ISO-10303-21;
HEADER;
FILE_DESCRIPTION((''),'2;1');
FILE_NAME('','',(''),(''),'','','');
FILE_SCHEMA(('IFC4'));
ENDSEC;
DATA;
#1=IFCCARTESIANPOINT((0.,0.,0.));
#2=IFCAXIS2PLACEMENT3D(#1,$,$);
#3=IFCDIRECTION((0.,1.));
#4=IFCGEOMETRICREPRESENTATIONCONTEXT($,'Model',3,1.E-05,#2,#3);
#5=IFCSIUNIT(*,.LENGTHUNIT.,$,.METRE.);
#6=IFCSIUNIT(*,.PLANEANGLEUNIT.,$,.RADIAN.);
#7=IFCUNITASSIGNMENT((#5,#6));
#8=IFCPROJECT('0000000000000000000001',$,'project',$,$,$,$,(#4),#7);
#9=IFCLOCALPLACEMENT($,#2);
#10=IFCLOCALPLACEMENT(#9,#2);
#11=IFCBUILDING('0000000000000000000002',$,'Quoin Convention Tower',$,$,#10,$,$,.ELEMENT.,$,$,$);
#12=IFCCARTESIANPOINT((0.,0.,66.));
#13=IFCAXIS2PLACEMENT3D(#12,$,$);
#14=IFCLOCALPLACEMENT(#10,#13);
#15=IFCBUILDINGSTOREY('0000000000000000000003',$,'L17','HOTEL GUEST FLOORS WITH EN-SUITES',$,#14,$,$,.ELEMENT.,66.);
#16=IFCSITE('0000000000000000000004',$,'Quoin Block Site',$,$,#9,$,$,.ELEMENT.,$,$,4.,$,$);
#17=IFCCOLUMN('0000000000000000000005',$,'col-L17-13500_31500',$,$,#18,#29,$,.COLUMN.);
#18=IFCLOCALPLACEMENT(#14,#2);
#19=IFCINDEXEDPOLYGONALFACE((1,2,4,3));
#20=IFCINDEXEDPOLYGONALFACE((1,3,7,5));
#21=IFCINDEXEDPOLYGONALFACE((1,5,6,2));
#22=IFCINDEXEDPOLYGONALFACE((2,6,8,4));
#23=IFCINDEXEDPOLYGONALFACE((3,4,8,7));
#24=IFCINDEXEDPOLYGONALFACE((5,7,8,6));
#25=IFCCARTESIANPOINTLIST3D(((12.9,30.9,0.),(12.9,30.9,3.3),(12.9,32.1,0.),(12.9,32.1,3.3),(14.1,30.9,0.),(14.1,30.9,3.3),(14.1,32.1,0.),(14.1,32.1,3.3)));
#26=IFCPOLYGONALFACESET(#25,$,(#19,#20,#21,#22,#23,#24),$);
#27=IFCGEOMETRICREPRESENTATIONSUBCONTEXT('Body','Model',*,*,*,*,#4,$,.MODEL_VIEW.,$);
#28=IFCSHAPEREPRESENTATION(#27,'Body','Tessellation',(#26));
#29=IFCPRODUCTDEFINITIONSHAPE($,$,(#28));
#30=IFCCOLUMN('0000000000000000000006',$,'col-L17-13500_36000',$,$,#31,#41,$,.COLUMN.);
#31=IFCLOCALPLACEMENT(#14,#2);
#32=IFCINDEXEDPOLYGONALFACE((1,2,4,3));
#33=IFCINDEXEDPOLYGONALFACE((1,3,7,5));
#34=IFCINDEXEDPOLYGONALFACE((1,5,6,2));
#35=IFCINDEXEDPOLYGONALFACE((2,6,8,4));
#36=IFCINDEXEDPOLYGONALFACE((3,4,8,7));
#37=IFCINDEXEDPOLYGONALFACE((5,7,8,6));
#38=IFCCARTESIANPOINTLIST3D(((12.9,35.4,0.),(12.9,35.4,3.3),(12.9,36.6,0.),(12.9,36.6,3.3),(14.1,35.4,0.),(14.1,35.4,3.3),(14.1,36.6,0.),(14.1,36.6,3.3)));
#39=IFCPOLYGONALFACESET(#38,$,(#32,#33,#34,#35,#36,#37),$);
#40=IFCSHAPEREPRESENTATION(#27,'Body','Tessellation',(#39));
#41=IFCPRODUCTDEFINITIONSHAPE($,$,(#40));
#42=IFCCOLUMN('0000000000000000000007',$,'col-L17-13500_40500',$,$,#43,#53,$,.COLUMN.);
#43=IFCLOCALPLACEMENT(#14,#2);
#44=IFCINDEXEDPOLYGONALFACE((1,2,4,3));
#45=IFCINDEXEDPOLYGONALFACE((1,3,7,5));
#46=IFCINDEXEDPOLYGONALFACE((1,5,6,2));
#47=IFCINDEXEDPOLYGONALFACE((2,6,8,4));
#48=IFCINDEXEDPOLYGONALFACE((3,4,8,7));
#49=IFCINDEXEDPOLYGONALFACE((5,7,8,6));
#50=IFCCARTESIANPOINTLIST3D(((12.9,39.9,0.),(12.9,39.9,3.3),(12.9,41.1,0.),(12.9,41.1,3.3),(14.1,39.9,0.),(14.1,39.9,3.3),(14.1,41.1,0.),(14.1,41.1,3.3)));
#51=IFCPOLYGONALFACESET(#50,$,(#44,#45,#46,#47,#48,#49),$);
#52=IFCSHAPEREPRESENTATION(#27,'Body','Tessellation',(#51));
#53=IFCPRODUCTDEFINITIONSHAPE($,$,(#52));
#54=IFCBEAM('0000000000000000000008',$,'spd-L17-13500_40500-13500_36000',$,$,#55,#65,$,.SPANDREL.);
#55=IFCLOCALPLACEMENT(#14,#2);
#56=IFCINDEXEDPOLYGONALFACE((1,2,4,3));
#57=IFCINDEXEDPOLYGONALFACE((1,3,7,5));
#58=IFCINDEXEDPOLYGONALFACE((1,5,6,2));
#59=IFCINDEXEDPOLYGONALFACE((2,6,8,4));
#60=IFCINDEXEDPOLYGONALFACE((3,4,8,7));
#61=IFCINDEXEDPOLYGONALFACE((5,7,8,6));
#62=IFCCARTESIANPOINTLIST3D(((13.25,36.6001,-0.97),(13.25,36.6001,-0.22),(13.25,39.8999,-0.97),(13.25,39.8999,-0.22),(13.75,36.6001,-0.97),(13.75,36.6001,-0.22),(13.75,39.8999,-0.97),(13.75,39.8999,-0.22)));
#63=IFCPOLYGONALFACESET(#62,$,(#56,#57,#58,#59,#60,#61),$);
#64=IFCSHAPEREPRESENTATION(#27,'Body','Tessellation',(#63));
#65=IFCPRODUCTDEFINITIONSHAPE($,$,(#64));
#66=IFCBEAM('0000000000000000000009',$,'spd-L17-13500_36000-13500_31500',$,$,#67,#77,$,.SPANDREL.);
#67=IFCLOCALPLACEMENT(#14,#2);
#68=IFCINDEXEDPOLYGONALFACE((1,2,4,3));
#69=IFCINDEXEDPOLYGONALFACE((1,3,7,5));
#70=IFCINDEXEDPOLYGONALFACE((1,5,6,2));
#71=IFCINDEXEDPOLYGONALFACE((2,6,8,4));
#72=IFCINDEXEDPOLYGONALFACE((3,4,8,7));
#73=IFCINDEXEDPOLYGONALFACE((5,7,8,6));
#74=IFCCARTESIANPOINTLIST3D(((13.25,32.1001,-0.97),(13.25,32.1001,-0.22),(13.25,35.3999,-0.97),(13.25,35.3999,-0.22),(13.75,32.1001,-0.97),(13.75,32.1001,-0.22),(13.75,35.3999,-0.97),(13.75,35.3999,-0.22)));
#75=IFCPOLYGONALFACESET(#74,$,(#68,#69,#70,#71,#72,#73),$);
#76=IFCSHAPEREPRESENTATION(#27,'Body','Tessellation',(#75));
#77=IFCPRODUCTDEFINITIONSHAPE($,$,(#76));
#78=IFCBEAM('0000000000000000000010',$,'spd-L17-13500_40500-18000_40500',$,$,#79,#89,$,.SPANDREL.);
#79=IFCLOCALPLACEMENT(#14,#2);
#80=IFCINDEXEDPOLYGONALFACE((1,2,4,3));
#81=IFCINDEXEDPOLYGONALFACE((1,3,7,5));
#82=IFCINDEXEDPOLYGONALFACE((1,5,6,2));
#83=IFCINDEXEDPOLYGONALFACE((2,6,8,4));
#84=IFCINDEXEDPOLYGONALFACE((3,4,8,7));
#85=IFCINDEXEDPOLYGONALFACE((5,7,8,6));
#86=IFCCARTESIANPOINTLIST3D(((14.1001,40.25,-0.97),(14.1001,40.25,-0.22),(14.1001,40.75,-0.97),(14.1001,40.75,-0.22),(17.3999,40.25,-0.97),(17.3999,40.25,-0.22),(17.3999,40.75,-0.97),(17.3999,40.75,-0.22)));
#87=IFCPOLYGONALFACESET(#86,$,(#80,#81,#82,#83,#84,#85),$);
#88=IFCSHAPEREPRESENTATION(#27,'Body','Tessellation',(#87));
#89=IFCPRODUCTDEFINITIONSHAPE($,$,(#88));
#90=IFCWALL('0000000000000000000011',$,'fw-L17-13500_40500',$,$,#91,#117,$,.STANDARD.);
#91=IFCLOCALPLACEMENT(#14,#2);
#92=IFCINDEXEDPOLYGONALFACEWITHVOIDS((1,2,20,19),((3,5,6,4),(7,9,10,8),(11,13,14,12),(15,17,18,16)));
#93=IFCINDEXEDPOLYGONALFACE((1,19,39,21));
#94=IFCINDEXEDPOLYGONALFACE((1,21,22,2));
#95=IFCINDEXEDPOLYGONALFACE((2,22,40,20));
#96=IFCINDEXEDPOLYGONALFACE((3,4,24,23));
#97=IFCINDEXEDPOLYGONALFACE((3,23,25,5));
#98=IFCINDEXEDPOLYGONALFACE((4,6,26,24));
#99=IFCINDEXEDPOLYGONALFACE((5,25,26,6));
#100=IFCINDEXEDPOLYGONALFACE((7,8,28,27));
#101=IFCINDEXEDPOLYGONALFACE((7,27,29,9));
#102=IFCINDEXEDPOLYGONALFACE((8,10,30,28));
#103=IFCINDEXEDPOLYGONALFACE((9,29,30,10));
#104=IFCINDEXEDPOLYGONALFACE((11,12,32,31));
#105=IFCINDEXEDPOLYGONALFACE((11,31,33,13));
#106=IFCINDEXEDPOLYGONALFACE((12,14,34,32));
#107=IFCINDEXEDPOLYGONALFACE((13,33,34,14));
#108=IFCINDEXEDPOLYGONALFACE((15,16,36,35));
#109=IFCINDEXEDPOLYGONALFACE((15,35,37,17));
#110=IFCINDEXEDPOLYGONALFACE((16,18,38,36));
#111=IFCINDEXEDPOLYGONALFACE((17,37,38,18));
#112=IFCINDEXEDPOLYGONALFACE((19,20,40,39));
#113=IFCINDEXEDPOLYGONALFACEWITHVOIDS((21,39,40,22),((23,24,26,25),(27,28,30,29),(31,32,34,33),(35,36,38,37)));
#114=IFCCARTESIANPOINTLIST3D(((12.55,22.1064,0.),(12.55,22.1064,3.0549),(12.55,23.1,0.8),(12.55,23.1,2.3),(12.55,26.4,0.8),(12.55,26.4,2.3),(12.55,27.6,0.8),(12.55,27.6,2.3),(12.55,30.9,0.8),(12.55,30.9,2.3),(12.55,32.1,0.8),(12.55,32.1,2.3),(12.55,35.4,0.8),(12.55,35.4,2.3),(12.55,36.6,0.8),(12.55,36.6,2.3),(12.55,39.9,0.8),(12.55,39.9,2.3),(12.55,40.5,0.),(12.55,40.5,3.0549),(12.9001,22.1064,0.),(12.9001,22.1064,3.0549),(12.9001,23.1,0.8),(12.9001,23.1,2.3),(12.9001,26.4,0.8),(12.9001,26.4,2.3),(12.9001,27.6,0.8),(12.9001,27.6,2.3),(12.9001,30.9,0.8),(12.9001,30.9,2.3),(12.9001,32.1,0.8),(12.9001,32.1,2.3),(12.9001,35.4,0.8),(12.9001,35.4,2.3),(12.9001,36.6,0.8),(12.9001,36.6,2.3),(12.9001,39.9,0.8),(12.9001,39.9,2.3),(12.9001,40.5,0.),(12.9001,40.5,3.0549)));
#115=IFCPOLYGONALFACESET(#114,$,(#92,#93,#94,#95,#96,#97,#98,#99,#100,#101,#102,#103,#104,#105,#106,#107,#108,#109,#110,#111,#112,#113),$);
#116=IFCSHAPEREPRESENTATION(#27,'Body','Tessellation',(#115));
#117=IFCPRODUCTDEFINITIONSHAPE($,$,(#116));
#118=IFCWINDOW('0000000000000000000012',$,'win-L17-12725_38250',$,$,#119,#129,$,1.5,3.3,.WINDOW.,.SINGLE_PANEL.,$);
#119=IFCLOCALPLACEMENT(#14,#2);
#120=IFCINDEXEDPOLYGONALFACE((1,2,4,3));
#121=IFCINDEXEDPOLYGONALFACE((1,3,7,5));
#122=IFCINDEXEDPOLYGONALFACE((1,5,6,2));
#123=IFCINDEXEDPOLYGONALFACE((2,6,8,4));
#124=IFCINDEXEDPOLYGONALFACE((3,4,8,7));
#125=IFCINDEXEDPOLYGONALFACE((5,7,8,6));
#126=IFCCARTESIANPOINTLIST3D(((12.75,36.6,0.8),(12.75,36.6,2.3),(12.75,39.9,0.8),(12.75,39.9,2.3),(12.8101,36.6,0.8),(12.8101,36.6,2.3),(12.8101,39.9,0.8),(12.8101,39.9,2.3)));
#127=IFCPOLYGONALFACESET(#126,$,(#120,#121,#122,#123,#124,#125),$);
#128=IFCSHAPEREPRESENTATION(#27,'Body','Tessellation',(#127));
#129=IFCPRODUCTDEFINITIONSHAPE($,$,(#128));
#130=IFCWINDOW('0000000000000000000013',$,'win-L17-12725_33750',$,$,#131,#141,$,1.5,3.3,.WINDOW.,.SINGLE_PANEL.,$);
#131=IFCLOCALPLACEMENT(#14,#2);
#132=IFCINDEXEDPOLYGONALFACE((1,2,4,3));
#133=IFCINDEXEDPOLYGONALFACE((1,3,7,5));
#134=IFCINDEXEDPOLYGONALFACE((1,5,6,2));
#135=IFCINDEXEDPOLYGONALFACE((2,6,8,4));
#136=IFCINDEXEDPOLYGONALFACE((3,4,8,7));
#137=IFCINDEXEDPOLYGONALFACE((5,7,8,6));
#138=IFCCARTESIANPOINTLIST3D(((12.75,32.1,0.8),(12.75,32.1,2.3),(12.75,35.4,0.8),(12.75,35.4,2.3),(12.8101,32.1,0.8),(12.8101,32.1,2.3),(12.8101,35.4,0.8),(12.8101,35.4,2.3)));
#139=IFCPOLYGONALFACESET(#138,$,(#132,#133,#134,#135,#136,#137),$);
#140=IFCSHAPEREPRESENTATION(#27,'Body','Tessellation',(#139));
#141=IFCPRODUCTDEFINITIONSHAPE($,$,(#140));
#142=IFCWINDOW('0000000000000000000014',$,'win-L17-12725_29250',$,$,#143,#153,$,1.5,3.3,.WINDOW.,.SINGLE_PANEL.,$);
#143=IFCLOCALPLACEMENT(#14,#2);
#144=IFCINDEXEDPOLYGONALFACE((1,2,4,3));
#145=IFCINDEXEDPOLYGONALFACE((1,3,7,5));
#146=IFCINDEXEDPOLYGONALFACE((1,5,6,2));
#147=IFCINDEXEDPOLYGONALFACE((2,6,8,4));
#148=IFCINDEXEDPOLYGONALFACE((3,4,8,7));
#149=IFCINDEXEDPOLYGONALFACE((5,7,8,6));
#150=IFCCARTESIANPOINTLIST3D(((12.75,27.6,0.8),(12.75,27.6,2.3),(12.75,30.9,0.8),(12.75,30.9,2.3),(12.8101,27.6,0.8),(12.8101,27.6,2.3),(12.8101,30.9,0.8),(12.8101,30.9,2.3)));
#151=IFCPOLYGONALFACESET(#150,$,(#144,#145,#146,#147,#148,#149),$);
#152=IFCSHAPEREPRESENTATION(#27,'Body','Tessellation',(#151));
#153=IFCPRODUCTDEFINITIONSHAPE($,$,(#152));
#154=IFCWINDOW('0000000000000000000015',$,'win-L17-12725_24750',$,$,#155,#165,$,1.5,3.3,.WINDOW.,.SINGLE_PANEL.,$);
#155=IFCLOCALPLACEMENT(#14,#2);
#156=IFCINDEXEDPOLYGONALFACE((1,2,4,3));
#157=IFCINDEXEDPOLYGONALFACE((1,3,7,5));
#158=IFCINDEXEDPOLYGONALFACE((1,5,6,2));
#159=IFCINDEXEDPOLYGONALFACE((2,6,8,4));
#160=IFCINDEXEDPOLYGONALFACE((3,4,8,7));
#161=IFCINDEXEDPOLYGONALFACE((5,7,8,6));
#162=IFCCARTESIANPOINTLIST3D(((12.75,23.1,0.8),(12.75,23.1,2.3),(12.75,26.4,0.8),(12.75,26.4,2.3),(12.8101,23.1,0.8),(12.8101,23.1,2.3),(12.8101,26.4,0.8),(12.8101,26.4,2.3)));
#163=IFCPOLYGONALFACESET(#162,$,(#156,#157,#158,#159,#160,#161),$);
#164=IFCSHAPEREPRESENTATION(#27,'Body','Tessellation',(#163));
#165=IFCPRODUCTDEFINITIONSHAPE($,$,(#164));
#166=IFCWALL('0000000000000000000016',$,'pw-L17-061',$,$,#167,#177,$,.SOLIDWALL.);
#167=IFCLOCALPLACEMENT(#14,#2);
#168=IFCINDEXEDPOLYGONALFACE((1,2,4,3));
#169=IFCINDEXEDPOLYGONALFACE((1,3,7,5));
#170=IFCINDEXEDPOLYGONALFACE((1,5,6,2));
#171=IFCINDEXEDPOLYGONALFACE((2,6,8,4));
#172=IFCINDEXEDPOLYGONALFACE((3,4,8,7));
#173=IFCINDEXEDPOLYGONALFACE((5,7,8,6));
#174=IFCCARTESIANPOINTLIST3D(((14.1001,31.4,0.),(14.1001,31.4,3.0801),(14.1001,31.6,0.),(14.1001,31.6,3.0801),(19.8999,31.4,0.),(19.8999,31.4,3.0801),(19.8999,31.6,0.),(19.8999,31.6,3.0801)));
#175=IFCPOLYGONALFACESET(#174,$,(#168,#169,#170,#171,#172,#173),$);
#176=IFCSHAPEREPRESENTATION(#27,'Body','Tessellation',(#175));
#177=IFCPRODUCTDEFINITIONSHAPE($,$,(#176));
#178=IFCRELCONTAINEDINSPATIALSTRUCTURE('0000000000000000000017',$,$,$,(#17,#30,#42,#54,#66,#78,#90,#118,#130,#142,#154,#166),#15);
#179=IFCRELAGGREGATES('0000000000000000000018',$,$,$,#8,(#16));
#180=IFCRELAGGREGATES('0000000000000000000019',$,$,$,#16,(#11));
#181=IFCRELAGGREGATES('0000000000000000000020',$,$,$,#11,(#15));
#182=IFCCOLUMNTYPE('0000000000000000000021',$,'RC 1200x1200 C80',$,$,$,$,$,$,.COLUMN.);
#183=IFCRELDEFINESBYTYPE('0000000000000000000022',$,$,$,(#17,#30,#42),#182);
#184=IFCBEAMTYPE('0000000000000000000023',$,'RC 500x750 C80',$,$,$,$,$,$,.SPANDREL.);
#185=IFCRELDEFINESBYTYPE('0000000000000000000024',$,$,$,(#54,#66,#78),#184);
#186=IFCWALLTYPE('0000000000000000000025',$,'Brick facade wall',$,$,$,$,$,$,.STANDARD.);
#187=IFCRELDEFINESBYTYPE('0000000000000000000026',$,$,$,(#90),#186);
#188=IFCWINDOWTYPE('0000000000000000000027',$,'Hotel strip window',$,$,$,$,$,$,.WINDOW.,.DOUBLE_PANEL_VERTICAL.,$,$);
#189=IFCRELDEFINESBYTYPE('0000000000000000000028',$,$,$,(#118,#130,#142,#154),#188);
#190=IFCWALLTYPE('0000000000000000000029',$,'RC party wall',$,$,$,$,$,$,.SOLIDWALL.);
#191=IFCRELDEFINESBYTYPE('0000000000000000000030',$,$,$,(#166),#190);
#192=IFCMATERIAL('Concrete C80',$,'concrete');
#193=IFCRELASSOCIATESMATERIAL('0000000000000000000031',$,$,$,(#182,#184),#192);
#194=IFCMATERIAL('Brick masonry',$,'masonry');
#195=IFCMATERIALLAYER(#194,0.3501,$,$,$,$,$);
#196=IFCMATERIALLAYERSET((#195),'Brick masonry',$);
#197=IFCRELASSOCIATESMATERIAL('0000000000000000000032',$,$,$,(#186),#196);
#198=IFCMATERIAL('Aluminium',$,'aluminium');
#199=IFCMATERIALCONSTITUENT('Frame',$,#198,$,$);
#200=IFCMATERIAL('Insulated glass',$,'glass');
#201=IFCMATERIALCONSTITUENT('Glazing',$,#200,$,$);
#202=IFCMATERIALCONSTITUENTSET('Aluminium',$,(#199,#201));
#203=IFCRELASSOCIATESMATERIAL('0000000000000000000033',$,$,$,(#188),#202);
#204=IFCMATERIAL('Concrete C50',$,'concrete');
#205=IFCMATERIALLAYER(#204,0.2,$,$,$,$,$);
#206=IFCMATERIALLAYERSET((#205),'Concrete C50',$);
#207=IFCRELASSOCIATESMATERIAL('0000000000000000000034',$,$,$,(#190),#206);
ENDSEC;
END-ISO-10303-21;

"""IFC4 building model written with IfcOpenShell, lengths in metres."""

from ifc_helpers import new_model, si_unit, direction, frame, frame_2d, origin, origin_2d, place, context, subcontext, project, spatial, rectangle, extrude, material, layer, layer_set, constituent, constituent_set, material_profile, profile_set, type_object, element, fill, save


model = new_model("IFC4")

# Units and contexts
model_context = context("Model", 3, precision=1e-05, world=origin(), true_north=direction((0.0, 1.0)))
body_context = subcontext(model_context, "Body", "Model", "MODEL_VIEW")
ifc_project = project(units=[si_unit("LENGTHUNIT", "METRE"), si_unit("PLANEANGLEUNIT", "RADIAN")], contexts=[model_context])

# Site, building, storey
site_placement = place(None, origin())
site = spatial("IfcSite", under=ifc_project, at=site_placement, Name="Quoin Block Site", CompositionType="ELEMENT", RefElevation=4.0)
building_placement = place(site_placement, origin())
building = spatial("IfcBuilding", under=site, at=building_placement, Name="Quoin Convention Tower", CompositionType="ELEMENT")
storey_placement = place(building_placement, frame((0.0, 0.0, 66.0)))
storey = spatial("IfcBuildingStorey", under=building, at=storey_placement, Name="L17", Description="HOTEL GUEST FLOORS WITH EN-SUITES", CompositionType="ELEMENT", Elevation=66.0)

# Columns
ifc_material_1 = material(Name="Concrete C80", Category="concrete")
ifc_material_profile_1 = material_profile(ifc_material_1, rectangle(XDim=1.2, YDim=1.2, at=origin_2d()), Name="RC 1200x1200")
ifc_profile_set_1 = profile_set([ifc_material_profile_1], Name="Concrete C80")
column_type = type_object("IfcColumnType", Name="RC 1200x1200 C80", PredefinedType="COLUMN", material=ifc_profile_set_1)
for number, where, z_axis, x_axis, name in (
    (1, (13.5, 31.5, 0.0), (0.0, 0.0, 1.0), (1.0, 0.0, 0.0), "col-L17-13500_31500"),
    (2, (13.5, 36.0, 0.0), (0.0, 0.0, 1.0), (1.0, 0.0, 0.0), "col-L17-13500_36000"),
    (3, (13.5, 40.5, 0.0), (0.0, 0.0, 1.0), (1.0, 0.0, 0.0), "col-L17-13500_40500"),
):
    element("IfcColumn", number, at=place(storey_placement, frame(where, z_axis=z_axis, x_axis=x_axis)), inside=storey, type_object=column_type, Name=name, PredefinedType="COLUMN", context=body_context, shape_type="SweptSolid", body=[
        extrude(rectangle(XDim=1.2, YDim=1.2, at=origin_2d()), origin(), (0.0, 0.0, 1.0), 3.3),
    ])

# Beams
ifc_material_profile_2 = material_profile(ifc_material_1, rectangle(XDim=0.5, YDim=0.75, at=origin_2d()), Name="RC 500x750")
ifc_profile_set_2 = profile_set([ifc_material_profile_2], Name="Concrete C80")
beam_type = type_object("IfcBeamType", Name="RC 500x750 C80", PredefinedType="SPANDREL", material=ifc_profile_set_2)
for number, where, z_axis, x_axis, name in (
    (4, (13.5, 39.8999, -0.595), (0.0, -1.0, 0.0), (1.0, 0.0, 0.0), "spd-L17-13500_40500-13500_36000"),
    (5, (13.5, 35.3999, -0.595), (0.0, -1.0, 0.0), (1.0, 0.0, 0.0), "spd-L17-13500_36000-13500_31500"),
    (6, (14.1001, 40.5, -0.595), (1.0, 0.0, 0.0), (0.0, 1.0, 0.0), "spd-L17-13500_40500-18000_40500"),
):
    element("IfcBeam", number, at=place(storey_placement, frame(where, z_axis=z_axis, x_axis=x_axis)), inside=storey, type_object=beam_type, Name=name, PredefinedType="SPANDREL", context=body_context, shape_type="SweptSolid", body=[
        extrude(rectangle(XDim=0.5, YDim=0.75, at=origin_2d()), origin(), (0.0, 0.0, 1.0), 3.2998),
    ])

# Wall, openings, windows
ifc_material_2 = material(Name="Brick masonry", Category="masonry")
ifc_layer_1 = layer(ifc_material_2, 0.3501)
ifc_layer_set_1 = layer_set([ifc_layer_1], Name="Brick masonry")
wall_type_1 = type_object("IfcWallType", Name="Brick facade wall", PredefinedType="STANDARD", material=ifc_layer_set_1)
wall_1_placement = place(storey_placement, frame((12.7251, 40.5, 0.0), z_axis=(0.0, 0.0, 1.0), x_axis=(0.0, -1.0, 0.0)))
wall_1 = element("IfcWall", 7, at=wall_1_placement, inside=storey, type_object=wall_type_1, Name="fw-L17-13500_40500", PredefinedType="STANDARD", context=body_context, shape_type="SweptSolid", body=[
    extrude(rectangle(XDim=18.3936, YDim=0.3501, at=frame_2d((9.1968, 0.0))), origin(), (0.0, 0.0, 1.0), 3.0549),
])
opening_1_placement = place(wall_1_placement, frame((0.6001, 0.0, 0.8)))
opening_1 = element("IfcOpeningElement", 8, at=opening_1_placement, cuts=wall_1, PredefinedType="OPENING", context=body_context, shape_type="SweptSolid", body=[
    extrude(rectangle(XDim=3.3, YDim=1.5, at=frame_2d((1.6499, 0.75))), frame((0.0, 0.1851, 0.0), z_axis=(0.0, -1.0, 0.0), x_axis=(1.0, 0.0, 0.0)), (0.0, 0.0, 1.0), 0.3701),
])
opening_2_placement = place(wall_1_placement, frame((5.1001, 0.0, 0.8)))
opening_2 = element("IfcOpeningElement", 9, at=opening_2_placement, cuts=wall_1, PredefinedType="OPENING", context=body_context, shape_type="SweptSolid", body=[
    extrude(rectangle(XDim=3.3, YDim=1.5, at=frame_2d((1.6499, 0.75))), frame((0.0, 0.1851, 0.0), z_axis=(0.0, -1.0, 0.0), x_axis=(1.0, 0.0, 0.0)), (0.0, 0.0, 1.0), 0.3701),
])
opening_3_placement = place(wall_1_placement, frame((9.6001, 0.0, 0.8)))
opening_3 = element("IfcOpeningElement", 10, at=opening_3_placement, cuts=wall_1, PredefinedType="OPENING", context=body_context, shape_type="SweptSolid", body=[
    extrude(rectangle(XDim=3.3, YDim=1.5, at=frame_2d((1.6499, 0.75))), frame((0.0, 0.1851, 0.0), z_axis=(0.0, -1.0, 0.0), x_axis=(1.0, 0.0, 0.0)), (0.0, 0.0, 1.0), 0.3701),
])
opening_4_placement = place(wall_1_placement, frame((14.1001, 0.0, 0.8)))
opening_4 = element("IfcOpeningElement", 11, at=opening_4_placement, cuts=wall_1, PredefinedType="OPENING", context=body_context, shape_type="SweptSolid", body=[
    extrude(rectangle(XDim=3.3, YDim=1.5, at=frame_2d((1.6499, 0.75))), frame((0.0, 0.1851, 0.0), z_axis=(0.0, -1.0, 0.0), x_axis=(1.0, 0.0, 0.0)), (0.0, 0.0, 1.0), 0.3701),
])
ifc_material_3 = material(Name="Aluminium", Category="aluminium")
ifc_constituent_1 = constituent(ifc_material_3, Name="Frame")
ifc_material_4 = material(Name="Insulated glass", Category="glass")
ifc_constituent_2 = constituent(ifc_material_4, Name="Glazing")
ifc_constituent_set = constituent_set(constituents=[ifc_constituent_1, ifc_constituent_2], Name="Aluminium")
window_type = type_object("IfcWindowType", Name="Hotel strip window", PartitioningType="DOUBLE_PANEL_VERTICAL", PredefinedType="WINDOW", material=ifc_constituent_set)
window_1_placement = place(opening_1_placement, origin())
window_1 = element("IfcWindow", 12, at=window_1_placement, inside=storey, type_object=window_type, Name="win-L17-12725_38250", OverallHeight=1.5, OverallWidth=3.3, PartitioningType="SINGLE_PANEL", PredefinedType="WINDOW", context=body_context, shape_type="SweptSolid", body=[
    extrude(rectangle(XDim=3.3, YDim=1.5, at=frame_2d((1.6499, 0.75))), frame((0.0, 0.085, 0.0), z_axis=(0.0, -1.0, 0.0), x_axis=(1.0, 0.0, 0.0)), (0.0, 0.0, 1.0), 0.0601),
])
fill(opening_1, window_1)
window_2_placement = place(opening_2_placement, origin())
window_2 = element("IfcWindow", 13, at=window_2_placement, inside=storey, type_object=window_type, Name="win-L17-12725_33750", OverallHeight=1.5, OverallWidth=3.3, PartitioningType="SINGLE_PANEL", PredefinedType="WINDOW", context=body_context, shape_type="SweptSolid", body=[
    extrude(rectangle(XDim=3.3, YDim=1.5, at=frame_2d((1.6499, 0.75))), frame((0.0, 0.085, 0.0), z_axis=(0.0, -1.0, 0.0), x_axis=(1.0, 0.0, 0.0)), (0.0, 0.0, 1.0), 0.0601),
])
fill(opening_2, window_2)
window_3_placement = place(opening_3_placement, origin())
window_3 = element("IfcWindow", 14, at=window_3_placement, inside=storey, type_object=window_type, Name="win-L17-12725_29250", OverallHeight=1.5, OverallWidth=3.3, PartitioningType="SINGLE_PANEL", PredefinedType="WINDOW", context=body_context, shape_type="SweptSolid", body=[
    extrude(rectangle(XDim=3.3, YDim=1.5, at=frame_2d((1.6499, 0.75))), frame((0.0, 0.085, 0.0), z_axis=(0.0, -1.0, 0.0), x_axis=(1.0, 0.0, 0.0)), (0.0, 0.0, 1.0), 0.0601),
])
fill(opening_3, window_3)
window_4_placement = place(opening_4_placement, origin())
window_4 = element("IfcWindow", 15, at=window_4_placement, inside=storey, type_object=window_type, Name="win-L17-12725_24750", OverallHeight=1.5, OverallWidth=3.3, PartitioningType="SINGLE_PANEL", PredefinedType="WINDOW", context=body_context, shape_type="SweptSolid", body=[
    extrude(rectangle(XDim=3.3, YDim=1.5, at=frame_2d((1.6499, 0.75))), frame((0.0, 0.085, 0.0), z_axis=(0.0, -1.0, 0.0), x_axis=(1.0, 0.0, 0.0)), (0.0, 0.0, 1.0), 0.0601),
])
fill(opening_4, window_4)

# Wall
ifc_material_5 = material(Name="Concrete C50", Category="concrete")
ifc_layer_2 = layer(ifc_material_5, 0.2)
ifc_layer_set_2 = layer_set([ifc_layer_2], Name="Concrete C50")
wall_type_2 = type_object("IfcWallType", Name="RC party wall", PredefinedType="SOLIDWALL", material=ifc_layer_set_2)
wall_2_placement = place(storey_placement, frame((14.1001, 31.5, 0.0), z_axis=(0.0, 0.0, 1.0), x_axis=(1.0, 0.0, 0.0)))
element("IfcWall", 16, at=wall_2_placement, inside=storey, type_object=wall_type_2, Name="pw-L17-061", PredefinedType="SOLIDWALL", context=body_context, shape_type="SweptSolid", body=[
    extrude(rectangle(XDim=5.7998, YDim=0.2, at=frame_2d((2.8999, 0.0))), origin(), (0.0, 0.0, 1.0), 3.0801),
])

save(model, "model.ifc")
